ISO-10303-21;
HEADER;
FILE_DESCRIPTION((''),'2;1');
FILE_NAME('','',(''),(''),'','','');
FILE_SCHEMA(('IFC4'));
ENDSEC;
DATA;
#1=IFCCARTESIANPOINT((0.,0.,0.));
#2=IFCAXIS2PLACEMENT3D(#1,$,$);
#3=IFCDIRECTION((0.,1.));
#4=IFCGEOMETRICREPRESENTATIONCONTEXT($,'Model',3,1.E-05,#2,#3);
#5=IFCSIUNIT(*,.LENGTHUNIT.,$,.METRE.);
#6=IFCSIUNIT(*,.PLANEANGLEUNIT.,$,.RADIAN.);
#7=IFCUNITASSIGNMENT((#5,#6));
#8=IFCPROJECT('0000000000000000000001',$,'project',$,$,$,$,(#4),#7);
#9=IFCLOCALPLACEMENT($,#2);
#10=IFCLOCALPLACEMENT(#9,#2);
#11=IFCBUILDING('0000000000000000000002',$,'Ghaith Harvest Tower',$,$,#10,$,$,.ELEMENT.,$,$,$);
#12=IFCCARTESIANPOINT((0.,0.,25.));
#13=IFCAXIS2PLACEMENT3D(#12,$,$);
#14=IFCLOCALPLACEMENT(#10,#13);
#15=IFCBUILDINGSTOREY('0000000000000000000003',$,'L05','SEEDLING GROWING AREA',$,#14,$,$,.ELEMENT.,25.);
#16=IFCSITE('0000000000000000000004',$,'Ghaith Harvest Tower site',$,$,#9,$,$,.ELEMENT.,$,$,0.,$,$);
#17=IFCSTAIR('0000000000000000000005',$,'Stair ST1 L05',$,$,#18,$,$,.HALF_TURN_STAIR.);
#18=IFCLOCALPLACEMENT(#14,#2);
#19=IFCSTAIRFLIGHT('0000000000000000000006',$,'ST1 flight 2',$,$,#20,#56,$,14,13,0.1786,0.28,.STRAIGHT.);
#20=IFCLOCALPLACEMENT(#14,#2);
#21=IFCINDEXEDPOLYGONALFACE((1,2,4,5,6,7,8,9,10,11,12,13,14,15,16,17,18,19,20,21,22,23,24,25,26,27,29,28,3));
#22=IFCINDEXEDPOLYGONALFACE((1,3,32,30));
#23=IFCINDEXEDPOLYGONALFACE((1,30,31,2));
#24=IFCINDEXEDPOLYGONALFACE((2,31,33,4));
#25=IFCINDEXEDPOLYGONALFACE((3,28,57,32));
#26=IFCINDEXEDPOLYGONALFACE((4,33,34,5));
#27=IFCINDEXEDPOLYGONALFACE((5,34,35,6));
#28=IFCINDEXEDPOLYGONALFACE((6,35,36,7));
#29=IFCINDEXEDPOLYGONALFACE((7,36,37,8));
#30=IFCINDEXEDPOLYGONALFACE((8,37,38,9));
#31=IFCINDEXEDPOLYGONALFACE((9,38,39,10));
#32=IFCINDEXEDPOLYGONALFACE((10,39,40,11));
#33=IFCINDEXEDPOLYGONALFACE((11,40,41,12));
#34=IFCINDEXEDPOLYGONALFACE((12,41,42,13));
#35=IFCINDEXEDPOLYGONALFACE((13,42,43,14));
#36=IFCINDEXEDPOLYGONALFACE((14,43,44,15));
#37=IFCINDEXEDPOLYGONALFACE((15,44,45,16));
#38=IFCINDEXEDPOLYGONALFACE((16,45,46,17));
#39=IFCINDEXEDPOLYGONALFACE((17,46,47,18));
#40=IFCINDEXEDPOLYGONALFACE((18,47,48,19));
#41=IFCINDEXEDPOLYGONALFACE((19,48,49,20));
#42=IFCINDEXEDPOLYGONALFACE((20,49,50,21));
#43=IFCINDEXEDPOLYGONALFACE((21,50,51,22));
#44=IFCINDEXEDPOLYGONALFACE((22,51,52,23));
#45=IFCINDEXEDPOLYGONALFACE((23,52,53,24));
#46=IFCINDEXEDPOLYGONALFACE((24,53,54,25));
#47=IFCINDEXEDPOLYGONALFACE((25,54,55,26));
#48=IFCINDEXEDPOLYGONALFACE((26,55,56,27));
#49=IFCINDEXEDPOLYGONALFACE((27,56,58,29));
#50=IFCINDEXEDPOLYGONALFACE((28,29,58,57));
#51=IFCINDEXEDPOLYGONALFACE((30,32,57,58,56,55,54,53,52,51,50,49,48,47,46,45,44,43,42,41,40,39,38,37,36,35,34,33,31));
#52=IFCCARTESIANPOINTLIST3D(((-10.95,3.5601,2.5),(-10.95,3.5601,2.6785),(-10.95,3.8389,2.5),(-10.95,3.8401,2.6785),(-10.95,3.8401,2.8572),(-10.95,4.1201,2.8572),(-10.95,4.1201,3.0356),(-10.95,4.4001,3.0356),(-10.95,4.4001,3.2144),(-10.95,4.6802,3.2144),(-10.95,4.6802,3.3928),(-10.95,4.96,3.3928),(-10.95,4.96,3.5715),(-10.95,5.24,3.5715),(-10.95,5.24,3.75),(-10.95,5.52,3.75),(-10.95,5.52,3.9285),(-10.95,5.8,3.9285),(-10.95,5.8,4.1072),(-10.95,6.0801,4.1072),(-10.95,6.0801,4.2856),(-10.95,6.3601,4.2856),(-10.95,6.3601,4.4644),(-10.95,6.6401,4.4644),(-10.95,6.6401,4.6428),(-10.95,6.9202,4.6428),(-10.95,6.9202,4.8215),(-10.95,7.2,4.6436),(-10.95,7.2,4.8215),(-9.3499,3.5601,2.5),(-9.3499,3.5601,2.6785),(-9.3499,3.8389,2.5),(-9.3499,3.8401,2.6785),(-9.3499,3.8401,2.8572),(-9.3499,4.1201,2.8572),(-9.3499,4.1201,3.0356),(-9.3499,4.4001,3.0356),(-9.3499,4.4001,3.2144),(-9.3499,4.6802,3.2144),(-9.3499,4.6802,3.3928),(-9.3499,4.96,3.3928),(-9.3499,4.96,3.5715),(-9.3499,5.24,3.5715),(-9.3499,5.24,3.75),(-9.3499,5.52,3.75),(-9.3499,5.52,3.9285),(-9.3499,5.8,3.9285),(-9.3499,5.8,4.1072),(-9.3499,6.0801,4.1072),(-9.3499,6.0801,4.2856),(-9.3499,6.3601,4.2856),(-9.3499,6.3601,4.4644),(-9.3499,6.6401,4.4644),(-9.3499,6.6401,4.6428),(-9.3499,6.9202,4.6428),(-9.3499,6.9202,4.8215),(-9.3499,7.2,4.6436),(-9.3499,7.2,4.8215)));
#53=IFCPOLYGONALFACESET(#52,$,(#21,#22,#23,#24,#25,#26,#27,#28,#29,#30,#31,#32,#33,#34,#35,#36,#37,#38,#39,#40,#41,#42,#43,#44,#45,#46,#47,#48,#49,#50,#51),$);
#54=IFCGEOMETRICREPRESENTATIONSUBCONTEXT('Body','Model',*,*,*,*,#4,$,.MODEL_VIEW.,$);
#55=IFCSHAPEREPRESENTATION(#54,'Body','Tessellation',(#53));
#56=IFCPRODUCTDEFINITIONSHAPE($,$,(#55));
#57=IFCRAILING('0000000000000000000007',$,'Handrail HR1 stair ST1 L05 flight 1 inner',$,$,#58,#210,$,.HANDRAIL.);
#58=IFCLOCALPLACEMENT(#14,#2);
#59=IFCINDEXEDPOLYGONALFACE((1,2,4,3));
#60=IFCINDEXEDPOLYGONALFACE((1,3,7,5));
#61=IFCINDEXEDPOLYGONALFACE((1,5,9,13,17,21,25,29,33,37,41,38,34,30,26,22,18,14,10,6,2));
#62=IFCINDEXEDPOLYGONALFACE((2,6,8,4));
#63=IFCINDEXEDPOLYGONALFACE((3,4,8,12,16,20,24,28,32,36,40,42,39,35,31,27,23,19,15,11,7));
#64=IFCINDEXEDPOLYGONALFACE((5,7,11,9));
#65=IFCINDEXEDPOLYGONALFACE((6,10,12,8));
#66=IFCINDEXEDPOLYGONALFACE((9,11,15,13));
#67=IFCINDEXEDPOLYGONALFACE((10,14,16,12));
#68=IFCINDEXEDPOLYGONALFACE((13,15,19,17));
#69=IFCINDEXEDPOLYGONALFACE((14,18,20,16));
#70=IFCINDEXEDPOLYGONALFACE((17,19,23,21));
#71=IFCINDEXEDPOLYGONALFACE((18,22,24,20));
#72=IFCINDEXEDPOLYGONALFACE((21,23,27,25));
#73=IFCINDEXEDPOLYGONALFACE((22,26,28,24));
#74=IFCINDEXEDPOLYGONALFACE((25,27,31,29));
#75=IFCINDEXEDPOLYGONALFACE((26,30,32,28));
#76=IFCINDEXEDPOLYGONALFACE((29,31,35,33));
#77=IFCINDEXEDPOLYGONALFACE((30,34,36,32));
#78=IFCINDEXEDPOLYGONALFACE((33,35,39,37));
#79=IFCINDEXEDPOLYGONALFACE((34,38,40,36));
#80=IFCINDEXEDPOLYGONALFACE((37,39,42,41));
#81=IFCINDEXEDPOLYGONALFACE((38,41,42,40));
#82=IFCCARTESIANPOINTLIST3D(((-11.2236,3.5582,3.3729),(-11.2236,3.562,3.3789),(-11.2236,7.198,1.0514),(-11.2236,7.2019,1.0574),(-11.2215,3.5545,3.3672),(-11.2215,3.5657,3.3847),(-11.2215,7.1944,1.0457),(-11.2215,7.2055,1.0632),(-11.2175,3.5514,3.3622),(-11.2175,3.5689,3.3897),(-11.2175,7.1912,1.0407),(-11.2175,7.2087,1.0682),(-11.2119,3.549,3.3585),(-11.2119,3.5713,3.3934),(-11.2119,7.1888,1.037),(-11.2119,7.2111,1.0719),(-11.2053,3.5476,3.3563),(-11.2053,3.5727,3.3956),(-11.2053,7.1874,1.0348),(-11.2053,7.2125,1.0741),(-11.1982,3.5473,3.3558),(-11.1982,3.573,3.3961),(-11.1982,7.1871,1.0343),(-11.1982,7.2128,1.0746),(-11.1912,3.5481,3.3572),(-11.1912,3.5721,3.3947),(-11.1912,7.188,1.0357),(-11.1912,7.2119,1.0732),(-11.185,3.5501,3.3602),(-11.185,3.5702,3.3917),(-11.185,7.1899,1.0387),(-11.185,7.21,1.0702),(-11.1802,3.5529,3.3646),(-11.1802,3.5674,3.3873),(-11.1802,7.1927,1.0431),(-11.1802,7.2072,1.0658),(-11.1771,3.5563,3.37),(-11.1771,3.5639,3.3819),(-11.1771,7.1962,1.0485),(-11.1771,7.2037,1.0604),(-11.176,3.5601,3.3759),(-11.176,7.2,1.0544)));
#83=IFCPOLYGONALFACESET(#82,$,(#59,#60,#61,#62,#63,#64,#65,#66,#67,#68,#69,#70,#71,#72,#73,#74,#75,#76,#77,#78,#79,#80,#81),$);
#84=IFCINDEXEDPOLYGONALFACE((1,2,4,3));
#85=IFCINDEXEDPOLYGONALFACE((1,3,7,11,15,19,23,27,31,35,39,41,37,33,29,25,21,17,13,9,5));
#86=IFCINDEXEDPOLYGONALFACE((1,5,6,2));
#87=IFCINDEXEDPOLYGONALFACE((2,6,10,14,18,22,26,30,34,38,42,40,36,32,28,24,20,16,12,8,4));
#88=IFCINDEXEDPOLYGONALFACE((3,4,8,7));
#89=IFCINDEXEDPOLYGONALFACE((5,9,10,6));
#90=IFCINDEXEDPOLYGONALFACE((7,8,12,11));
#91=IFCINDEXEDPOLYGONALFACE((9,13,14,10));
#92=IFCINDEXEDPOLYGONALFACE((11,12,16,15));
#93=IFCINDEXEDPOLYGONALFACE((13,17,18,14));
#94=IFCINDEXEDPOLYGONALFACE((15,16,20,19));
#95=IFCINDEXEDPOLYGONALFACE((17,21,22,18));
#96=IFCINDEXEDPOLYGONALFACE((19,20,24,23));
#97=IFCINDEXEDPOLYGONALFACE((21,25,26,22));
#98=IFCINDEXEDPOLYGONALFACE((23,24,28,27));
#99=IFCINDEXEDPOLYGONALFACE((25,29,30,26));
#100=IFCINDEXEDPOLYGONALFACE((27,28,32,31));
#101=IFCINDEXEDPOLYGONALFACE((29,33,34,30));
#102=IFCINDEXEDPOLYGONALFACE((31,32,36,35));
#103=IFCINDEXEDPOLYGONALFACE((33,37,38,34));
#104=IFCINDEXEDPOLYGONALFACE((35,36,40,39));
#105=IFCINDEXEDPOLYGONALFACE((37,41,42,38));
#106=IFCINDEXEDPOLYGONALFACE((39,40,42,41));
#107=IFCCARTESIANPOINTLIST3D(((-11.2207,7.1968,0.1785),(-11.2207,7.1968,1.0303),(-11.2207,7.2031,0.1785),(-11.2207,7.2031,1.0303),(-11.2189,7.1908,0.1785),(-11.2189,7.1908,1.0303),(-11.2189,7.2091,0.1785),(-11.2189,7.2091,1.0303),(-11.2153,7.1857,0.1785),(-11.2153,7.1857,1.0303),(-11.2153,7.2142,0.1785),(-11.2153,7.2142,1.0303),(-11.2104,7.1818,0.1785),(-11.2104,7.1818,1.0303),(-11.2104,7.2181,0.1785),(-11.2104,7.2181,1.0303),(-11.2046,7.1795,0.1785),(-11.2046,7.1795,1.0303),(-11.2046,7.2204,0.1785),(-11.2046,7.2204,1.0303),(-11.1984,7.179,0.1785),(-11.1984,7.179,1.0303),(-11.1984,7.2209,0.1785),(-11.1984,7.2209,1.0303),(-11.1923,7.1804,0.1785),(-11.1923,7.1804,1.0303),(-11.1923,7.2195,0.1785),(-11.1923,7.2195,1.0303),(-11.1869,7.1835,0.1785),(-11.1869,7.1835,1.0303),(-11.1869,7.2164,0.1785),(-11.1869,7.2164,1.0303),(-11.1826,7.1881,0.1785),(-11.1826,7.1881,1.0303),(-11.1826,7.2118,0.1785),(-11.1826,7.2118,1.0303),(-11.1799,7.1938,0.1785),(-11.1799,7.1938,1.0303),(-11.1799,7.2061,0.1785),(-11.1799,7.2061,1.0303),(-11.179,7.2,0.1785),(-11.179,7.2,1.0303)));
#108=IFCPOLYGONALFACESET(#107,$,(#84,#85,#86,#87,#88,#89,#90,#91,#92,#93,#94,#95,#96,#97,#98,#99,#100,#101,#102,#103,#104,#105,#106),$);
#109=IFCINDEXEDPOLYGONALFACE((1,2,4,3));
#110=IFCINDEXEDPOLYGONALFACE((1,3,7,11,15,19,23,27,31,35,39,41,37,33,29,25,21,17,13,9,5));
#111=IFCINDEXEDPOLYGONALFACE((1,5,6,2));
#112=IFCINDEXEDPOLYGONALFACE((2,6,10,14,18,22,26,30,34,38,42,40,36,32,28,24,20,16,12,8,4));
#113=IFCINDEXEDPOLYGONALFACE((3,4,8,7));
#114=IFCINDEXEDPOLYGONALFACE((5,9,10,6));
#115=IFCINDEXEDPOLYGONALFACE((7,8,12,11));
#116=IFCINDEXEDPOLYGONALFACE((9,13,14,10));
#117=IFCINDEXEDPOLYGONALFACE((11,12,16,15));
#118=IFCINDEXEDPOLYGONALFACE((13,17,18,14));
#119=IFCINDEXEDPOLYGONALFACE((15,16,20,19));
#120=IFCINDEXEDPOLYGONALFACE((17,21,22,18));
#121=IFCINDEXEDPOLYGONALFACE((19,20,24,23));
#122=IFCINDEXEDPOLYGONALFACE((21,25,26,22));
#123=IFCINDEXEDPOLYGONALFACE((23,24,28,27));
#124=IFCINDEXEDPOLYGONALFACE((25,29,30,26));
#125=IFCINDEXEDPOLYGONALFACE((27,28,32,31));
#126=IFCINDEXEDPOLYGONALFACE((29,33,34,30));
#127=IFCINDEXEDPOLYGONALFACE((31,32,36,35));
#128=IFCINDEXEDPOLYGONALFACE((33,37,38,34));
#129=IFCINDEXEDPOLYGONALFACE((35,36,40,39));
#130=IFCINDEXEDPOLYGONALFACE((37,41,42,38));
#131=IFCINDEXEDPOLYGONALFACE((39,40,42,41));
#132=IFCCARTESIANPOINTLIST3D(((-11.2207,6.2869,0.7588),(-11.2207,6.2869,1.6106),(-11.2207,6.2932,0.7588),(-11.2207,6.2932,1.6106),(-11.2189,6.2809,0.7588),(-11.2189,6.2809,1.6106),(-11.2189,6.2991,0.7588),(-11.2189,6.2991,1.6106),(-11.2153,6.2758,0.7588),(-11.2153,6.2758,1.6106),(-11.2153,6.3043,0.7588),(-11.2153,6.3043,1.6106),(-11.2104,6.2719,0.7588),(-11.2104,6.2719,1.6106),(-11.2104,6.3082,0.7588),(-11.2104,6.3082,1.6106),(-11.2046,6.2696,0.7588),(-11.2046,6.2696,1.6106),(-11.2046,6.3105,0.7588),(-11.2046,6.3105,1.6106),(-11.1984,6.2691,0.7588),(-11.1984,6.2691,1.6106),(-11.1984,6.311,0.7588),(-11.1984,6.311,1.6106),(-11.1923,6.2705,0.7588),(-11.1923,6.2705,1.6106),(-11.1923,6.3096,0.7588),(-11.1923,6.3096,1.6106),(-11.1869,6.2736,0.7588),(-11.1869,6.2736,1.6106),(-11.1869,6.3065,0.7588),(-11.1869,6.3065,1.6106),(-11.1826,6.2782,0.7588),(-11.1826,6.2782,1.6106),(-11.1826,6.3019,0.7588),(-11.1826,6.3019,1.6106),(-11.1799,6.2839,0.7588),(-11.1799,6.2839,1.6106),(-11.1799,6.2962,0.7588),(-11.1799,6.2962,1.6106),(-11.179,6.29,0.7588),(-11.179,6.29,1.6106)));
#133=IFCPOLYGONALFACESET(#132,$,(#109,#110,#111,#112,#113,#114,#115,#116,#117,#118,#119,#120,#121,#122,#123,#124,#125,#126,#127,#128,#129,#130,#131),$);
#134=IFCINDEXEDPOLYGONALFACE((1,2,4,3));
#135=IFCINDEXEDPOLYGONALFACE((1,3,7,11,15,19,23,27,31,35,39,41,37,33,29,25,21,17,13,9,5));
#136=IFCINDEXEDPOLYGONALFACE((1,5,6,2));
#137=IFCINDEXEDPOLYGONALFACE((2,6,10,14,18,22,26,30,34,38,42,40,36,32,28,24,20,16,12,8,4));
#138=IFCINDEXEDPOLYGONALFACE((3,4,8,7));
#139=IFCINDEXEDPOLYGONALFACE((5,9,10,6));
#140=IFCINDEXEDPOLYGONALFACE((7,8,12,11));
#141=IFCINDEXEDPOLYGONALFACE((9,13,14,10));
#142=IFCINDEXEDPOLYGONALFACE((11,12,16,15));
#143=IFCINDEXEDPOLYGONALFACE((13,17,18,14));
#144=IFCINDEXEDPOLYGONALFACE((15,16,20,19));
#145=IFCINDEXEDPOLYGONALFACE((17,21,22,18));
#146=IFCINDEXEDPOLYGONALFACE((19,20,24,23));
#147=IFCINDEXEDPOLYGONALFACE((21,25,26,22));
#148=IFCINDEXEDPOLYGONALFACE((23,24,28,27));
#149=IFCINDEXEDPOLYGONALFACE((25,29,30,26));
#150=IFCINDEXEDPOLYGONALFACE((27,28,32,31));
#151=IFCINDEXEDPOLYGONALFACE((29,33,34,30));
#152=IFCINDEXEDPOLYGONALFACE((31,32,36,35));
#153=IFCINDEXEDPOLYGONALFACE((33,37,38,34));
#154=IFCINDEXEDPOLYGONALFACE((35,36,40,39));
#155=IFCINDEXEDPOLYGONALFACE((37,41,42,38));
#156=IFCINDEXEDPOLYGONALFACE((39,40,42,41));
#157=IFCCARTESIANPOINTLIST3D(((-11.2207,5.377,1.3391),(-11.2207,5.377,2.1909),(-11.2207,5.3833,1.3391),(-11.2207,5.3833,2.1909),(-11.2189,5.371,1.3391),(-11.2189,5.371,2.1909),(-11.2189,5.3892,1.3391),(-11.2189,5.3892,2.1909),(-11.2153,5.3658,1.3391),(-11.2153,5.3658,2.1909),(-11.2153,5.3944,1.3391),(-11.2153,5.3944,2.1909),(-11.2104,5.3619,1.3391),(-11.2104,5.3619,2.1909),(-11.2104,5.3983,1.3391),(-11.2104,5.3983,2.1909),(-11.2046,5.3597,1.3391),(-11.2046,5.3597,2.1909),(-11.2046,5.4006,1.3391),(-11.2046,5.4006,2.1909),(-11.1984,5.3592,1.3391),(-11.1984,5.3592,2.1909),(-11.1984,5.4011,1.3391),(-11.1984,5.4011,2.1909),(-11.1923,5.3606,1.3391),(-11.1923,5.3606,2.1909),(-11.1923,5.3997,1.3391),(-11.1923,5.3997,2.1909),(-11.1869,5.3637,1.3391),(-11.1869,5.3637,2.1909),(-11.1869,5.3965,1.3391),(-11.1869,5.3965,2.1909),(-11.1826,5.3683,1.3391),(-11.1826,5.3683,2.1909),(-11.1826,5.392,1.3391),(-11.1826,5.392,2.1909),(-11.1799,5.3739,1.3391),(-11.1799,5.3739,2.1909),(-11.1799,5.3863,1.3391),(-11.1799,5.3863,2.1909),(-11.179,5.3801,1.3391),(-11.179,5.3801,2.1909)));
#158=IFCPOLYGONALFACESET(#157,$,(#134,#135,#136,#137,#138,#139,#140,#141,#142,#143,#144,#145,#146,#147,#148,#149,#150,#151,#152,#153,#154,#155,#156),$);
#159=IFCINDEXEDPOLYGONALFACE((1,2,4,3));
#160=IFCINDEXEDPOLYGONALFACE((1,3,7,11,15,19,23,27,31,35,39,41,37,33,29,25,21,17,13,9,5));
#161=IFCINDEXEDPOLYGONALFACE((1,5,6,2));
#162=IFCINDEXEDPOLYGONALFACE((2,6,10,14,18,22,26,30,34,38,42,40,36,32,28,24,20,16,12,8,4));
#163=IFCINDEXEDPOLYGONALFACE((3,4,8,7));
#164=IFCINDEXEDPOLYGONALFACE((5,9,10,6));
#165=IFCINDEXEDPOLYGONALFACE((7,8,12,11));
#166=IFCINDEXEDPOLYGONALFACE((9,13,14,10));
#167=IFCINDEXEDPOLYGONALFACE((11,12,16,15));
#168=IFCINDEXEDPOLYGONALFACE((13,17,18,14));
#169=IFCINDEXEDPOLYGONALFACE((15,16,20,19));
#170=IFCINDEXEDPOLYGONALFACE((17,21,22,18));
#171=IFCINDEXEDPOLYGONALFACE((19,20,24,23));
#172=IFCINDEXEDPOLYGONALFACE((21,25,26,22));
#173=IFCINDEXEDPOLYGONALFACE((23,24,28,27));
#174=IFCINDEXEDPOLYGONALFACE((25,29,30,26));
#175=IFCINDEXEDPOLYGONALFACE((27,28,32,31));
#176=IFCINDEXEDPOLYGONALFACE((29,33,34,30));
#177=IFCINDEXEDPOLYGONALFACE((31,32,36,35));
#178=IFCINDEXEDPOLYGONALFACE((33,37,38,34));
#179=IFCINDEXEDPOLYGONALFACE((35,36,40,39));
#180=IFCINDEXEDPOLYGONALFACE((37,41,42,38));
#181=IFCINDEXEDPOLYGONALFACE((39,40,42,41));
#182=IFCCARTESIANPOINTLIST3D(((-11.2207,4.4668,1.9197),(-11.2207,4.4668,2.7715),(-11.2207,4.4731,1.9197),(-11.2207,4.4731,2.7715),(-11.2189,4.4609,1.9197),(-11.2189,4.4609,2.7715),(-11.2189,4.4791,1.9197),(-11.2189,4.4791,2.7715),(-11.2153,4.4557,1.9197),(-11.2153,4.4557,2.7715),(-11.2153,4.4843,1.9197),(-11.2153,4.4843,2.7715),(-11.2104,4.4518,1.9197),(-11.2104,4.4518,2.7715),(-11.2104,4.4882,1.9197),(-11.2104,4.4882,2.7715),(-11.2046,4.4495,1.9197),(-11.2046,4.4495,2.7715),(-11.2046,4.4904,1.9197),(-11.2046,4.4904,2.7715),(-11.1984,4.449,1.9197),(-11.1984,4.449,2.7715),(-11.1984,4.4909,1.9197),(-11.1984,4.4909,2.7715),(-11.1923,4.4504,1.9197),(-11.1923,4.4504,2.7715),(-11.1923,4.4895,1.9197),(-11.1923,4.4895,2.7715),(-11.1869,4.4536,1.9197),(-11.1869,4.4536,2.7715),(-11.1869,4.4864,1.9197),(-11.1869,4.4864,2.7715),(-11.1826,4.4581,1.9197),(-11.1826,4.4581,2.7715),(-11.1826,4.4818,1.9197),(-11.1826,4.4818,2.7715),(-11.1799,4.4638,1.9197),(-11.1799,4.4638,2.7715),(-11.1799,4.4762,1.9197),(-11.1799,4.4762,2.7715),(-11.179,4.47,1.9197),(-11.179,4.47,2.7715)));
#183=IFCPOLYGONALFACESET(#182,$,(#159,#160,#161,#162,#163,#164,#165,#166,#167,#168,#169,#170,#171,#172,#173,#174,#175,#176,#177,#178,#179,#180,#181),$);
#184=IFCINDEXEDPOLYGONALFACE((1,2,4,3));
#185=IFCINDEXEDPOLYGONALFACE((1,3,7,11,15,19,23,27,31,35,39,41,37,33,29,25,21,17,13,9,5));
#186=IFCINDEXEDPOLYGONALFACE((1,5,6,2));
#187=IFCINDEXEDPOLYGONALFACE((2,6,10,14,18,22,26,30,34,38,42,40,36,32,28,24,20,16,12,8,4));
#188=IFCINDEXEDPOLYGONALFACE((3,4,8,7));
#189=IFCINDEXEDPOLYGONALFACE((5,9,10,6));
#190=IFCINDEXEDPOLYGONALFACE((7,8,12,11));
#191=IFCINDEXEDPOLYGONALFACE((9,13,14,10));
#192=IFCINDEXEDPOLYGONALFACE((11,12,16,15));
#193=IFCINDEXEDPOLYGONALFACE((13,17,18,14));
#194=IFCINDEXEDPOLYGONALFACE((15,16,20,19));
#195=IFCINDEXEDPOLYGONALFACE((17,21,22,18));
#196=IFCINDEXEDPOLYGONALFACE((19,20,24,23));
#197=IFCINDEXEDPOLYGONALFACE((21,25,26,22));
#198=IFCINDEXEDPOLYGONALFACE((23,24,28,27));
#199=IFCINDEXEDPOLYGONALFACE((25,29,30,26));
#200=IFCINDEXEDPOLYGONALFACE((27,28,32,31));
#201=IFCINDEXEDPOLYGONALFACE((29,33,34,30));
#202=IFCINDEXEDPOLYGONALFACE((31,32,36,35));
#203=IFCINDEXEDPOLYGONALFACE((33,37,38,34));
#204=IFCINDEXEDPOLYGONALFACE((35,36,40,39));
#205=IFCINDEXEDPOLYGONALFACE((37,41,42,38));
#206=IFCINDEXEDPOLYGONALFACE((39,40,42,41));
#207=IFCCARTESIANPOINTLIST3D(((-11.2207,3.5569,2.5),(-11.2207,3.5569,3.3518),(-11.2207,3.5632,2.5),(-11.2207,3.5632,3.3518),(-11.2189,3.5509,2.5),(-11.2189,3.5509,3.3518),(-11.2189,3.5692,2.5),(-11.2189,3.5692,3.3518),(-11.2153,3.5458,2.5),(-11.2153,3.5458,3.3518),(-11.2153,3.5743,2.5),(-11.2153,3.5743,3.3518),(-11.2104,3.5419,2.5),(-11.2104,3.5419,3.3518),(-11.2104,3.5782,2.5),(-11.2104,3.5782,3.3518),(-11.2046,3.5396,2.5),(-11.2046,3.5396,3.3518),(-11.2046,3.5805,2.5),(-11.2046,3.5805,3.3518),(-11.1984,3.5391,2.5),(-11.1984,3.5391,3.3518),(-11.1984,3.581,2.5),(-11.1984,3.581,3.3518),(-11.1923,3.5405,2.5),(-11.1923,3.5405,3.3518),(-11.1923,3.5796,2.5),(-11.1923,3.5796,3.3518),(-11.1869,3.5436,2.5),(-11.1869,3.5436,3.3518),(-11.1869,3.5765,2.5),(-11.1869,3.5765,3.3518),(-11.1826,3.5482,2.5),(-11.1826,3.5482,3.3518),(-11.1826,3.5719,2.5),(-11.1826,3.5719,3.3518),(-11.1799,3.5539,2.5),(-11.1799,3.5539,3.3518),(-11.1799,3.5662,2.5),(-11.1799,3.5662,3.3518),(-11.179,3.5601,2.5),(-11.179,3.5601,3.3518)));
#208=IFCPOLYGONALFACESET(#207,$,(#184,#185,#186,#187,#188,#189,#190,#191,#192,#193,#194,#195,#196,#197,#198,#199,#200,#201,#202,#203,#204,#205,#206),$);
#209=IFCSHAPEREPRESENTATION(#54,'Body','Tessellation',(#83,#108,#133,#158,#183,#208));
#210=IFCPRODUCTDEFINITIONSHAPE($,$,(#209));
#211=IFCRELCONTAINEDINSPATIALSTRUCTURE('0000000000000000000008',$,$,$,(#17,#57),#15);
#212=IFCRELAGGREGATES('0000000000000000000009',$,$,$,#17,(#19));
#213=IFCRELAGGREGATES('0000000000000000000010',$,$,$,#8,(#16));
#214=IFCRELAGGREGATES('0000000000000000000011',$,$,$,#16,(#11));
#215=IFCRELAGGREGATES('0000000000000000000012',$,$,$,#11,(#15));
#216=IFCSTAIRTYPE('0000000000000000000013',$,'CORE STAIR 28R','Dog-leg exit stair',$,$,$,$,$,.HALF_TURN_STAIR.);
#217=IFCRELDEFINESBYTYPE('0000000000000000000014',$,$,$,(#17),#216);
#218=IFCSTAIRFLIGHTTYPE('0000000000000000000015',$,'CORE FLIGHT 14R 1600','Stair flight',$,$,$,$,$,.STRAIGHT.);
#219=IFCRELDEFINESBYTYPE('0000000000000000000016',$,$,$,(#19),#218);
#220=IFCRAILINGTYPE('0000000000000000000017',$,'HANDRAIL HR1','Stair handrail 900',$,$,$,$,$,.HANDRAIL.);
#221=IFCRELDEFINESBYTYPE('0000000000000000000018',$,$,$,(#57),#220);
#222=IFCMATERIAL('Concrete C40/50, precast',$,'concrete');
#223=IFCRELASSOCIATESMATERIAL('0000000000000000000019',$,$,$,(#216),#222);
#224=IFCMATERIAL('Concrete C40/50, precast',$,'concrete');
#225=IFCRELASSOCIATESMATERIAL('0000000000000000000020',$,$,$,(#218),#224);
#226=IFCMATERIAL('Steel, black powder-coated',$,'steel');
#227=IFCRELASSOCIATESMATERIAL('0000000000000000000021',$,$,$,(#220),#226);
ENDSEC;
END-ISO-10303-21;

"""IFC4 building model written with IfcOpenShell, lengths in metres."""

from ifc_helpers import new_model, si_unit, direction, frame, origin, origin_2d, place, context, subcontext, project, spatial, polyline, circle, outline, extrude, material, type_object, element, aggregate, save


model = new_model("IFC4")

# Units and contexts
model_context = context("Model", 3, precision=1e-05, world=origin(), true_north=direction((0.0, 1.0)))
body_context = subcontext(model_context, "Body", "Model", "MODEL_VIEW")
ifc_project = project(units=[si_unit("LENGTHUNIT", "METRE"), si_unit("PLANEANGLEUNIT", "RADIAN")], contexts=[model_context])

# Site, building, storey
site_placement = place(None, origin())
site = spatial("IfcSite", under=ifc_project, at=site_placement, Name="Ghaith Harvest Tower site", CompositionType="ELEMENT", RefElevation=0.0)
building_placement = place(site_placement, origin())
building = spatial("IfcBuilding", under=site, at=building_placement, Name="Ghaith Harvest Tower", CompositionType="ELEMENT")
storey_placement = place(building_placement, frame((0.0, 0.0, 25.0)))
storey = spatial("IfcBuildingStorey", under=building, at=storey_placement, Name="L05", Description="SEEDLING GROWING AREA", CompositionType="ELEMENT", Elevation=25.0)

# Stair, stair flight
ifc_material_1 = material(Name="Concrete C40/50, precast", Category="concrete")
stair_type = type_object("IfcStairType", Name="CORE STAIR 28R", Description="Dog-leg exit stair", PredefinedType="HALF_TURN_STAIR", material=ifc_material_1)
stair_placement = place(storey_placement, origin())
stair = element("IfcStair", 1, at=stair_placement, inside=storey, type_object=stair_type, Name="Stair ST1 L05", PredefinedType="HALF_TURN_STAIR")
ifc_material_2 = material(Name="Concrete C40/50, precast", Category="concrete")
stair_flight_type = type_object("IfcStairFlightType", Name="CORE FLIGHT 14R 1600", Description="Stair flight", PredefinedType="STRAIGHT", material=ifc_material_2)
stair_flight_placement = place(storey_placement, frame((-10.1499, 3.5601, 2.5), z_axis=(0.0, 0.0, 1.0), x_axis=(0.0, 1.0, 0.0)))
stair_flight = element("IfcStairFlight", 2, at=stair_flight_placement, type_object=stair_flight_type, Name="ST1 flight 2", NumberOfRisers=14, NumberOfTreads=13, PredefinedType="STRAIGHT", RiserHeight=0.1786, TreadLength=0.28, context=body_context, shape_type="SweptSolid", body=[
    extrude(outline(polyline([(0.0, 0.0), (0.0, 0.1785), (0.28, 0.1785), (0.28, 0.3572), (0.5601, 0.3572), (0.5601, 0.5356), (0.8401, 0.5356), (0.8401, 0.7144), (1.1201, 0.7144), (1.1201, 0.8928), (1.3999, 0.8928), (1.3999, 1.0715), (1.6799, 1.0715), (1.6799, 1.25), (1.96, 1.25), (1.96, 1.4285), (2.24, 1.4285), (2.24, 1.6072), (2.52, 1.6072), (2.52, 1.7856), (2.8, 1.7856), (2.8, 1.9644), (3.0801, 1.9644), (3.0801, 2.1428), (3.3601, 2.1428), (3.3601, 2.3215), (3.6399, 2.3215), (3.6399, 2.5), (3.6399, 2.1436), (0.2788, 0.0), (0.0, 0.0)])), frame((0.0, 0.8, 0.0), z_axis=(0.0, -1.0, 0.0), x_axis=(1.0, 0.0, 0.0)), (0.0, 0.0, 1.0), 1.6001),
])
aggregate(stair, [stair_flight])

# Railing
ifc_material_3 = material(Name="Steel, black powder-coated", Category="steel")
railing_type = type_object("IfcRailingType", Name="HANDRAIL HR1", Description="Stair handrail 900", PredefinedType="HANDRAIL", material=ifc_material_3)
railing_1_placement = place(storey_placement, frame((-11.2, 7.2, 0.1785)))
element("IfcRailing", 3, at=railing_1_placement, inside=storey, type_object=railing_type, Name="Handrail HR1 stair ST1 L05 flight 1 inner", PredefinedType="HANDRAIL", context=body_context, shape_type="SweptSolid", body=[
    extrude(circle(Radius=0.0239, at=origin_2d()), frame((0.0, 0.0, 0.876), z_axis=(0.0, -0.843112, 0.537739), x_axis=(1.0, 0.0, 0.0)), (0.0, 0.0, 1.0), 4.3171),
    extrude(circle(Radius=0.021, at=origin_2d()), origin(), (0.0, 0.0, 1.0), 0.8518),
    extrude(circle(Radius=0.021, at=origin_2d()), frame((0.0, -0.9099, 0.5803)), (0.0, 0.0, 1.0), 0.8518),
    extrude(circle(Radius=0.021, at=origin_2d()), frame((0.0, -1.8198, 1.1606)), (0.0, 0.0, 1.0), 0.8518),
    extrude(circle(Radius=0.021, at=origin_2d()), frame((0.0, -2.73, 1.7412)), (0.0, 0.0, 1.0), 0.8518),
    extrude(circle(Radius=0.021, at=origin_2d()), frame((0.0, -3.6399, 2.3215)), (0.0, 0.0, 1.0), 0.8518),
])

save(model, "model.ifc")
